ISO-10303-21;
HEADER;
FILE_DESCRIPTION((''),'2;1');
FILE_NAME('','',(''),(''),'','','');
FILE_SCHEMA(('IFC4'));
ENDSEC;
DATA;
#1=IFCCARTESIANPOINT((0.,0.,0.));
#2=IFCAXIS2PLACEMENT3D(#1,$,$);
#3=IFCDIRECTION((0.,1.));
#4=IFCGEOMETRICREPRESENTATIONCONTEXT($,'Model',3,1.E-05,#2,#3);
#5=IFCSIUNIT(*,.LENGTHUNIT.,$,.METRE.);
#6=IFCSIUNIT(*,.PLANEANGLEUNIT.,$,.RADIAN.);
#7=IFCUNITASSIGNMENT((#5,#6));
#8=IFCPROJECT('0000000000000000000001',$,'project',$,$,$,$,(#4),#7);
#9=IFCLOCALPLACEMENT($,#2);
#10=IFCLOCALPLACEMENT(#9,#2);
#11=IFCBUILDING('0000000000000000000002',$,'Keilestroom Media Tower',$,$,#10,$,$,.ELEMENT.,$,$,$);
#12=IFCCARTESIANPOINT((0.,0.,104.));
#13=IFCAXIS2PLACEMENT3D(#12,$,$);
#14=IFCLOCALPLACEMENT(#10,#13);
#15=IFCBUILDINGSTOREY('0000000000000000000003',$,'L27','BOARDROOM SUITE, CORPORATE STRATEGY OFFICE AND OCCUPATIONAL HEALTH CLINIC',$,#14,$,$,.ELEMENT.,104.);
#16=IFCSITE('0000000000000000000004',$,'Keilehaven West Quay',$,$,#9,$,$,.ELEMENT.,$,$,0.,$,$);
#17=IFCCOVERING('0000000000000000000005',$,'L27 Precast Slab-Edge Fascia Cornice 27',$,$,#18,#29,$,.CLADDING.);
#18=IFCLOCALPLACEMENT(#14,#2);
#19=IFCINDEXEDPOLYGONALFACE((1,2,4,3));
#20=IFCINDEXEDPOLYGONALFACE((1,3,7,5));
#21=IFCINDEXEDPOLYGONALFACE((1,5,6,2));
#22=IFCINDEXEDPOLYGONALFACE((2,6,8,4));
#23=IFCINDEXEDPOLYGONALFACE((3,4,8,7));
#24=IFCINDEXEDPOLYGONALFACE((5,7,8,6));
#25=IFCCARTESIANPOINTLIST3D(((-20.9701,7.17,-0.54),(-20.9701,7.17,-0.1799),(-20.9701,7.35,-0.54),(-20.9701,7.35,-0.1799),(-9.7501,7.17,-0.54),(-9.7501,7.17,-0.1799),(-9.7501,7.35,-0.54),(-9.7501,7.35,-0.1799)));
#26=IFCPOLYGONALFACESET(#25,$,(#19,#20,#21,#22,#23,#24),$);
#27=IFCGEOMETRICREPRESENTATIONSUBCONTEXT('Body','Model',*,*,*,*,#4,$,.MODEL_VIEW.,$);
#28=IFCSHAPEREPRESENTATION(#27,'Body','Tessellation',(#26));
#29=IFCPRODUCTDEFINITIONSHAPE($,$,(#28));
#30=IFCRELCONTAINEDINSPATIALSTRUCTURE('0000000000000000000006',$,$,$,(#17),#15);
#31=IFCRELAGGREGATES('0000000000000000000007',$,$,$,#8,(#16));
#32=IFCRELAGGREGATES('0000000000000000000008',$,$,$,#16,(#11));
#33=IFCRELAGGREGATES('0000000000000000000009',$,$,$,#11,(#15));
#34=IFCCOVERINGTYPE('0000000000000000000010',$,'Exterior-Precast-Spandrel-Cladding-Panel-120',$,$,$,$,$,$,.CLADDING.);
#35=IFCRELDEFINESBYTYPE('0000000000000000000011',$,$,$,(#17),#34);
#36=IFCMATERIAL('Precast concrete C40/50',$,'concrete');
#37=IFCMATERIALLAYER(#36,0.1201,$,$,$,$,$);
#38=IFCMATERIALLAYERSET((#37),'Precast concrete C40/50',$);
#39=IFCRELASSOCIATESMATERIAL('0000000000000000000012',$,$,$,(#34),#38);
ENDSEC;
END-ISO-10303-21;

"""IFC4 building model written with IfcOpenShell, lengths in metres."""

from ifc_helpers import new_model, si_unit, direction, frame, origin, origin_2d, place, context, subcontext, project, spatial, rectangle, extrude, source, transform, mapped, material, layer, layer_set, type_object, element, save


model = new_model("IFC4")

# Units and contexts
model_context = context("Model", 3, precision=1e-05, world=origin(), true_north=direction((0.0, 1.0)))
body_context = subcontext(model_context, "Body", "Model", "MODEL_VIEW")
ifc_project = project(units=[si_unit("LENGTHUNIT", "METRE"), si_unit("PLANEANGLEUNIT", "RADIAN")], contexts=[model_context])

# Site, building, storey
site_placement = place(None, origin())
site = spatial("IfcSite", under=ifc_project, at=site_placement, Name="Keilehaven West Quay", CompositionType="ELEMENT", RefElevation=0.0)
building_placement = place(site_placement, origin())
building = spatial("IfcBuilding", under=site, at=building_placement, Name="Keilestroom Media Tower", CompositionType="ELEMENT")
storey_placement = place(building_placement, frame((0.0, 0.0, 104.0)))
storey = spatial("IfcBuildingStorey", under=building, at=storey_placement, Name="L27", Description="BOARDROOM SUITE, CORPORATE STRATEGY OFFICE AND OCCUPATIONAL HEALTH CLINIC", CompositionType="ELEMENT", Elevation=104.0)

# Shared definitions
ifc_material_1 = material(Name="Precast concrete C40/50", Category="concrete")

# Covering
ifc_layer_1 = layer(ifc_material_1, 0.1201)
ifc_layer_set_1 = layer_set([ifc_layer_1], Name="Precast concrete C40/50")
covering_type = type_object("IfcCoveringType", Name="Exterior-Precast-Spandrel-Cladding-Panel-120", PredefinedType="CLADDING", material=ifc_layer_set_1)
shared_shape_1 = source(origin(), body_context, "Body", "SweptSolid", [
    extrude(rectangle(XDim=11.22, YDim=0.1799, at=origin_2d()), origin(), (0.0, 0.0, 1.0), 0.3601),
])
covering_1_placement = place(storey_placement, frame((-15.3601, 7.26, -0.54), z_axis=(0.0, 0.0, 1.0), x_axis=(1.0, 0.0, 0.0)))
element("IfcCovering", 1, at=covering_1_placement, inside=storey, type_object=covering_type, Name="L27 Precast Slab-Edge Fascia Cornice 27", PredefinedType="CLADDING", context=body_context, shape_type="MappedRepresentation", body=[
    mapped(shared_shape_1, transform((0.0, 0.0, 0.0), x_axis=(1.0, 0.0, 0.0), y_axis=(0.0, 1.0, 0.0), z_axis=(0.0, 0.0, 1.0), scale=1.0)),
])

save(model, "model.ifc")
